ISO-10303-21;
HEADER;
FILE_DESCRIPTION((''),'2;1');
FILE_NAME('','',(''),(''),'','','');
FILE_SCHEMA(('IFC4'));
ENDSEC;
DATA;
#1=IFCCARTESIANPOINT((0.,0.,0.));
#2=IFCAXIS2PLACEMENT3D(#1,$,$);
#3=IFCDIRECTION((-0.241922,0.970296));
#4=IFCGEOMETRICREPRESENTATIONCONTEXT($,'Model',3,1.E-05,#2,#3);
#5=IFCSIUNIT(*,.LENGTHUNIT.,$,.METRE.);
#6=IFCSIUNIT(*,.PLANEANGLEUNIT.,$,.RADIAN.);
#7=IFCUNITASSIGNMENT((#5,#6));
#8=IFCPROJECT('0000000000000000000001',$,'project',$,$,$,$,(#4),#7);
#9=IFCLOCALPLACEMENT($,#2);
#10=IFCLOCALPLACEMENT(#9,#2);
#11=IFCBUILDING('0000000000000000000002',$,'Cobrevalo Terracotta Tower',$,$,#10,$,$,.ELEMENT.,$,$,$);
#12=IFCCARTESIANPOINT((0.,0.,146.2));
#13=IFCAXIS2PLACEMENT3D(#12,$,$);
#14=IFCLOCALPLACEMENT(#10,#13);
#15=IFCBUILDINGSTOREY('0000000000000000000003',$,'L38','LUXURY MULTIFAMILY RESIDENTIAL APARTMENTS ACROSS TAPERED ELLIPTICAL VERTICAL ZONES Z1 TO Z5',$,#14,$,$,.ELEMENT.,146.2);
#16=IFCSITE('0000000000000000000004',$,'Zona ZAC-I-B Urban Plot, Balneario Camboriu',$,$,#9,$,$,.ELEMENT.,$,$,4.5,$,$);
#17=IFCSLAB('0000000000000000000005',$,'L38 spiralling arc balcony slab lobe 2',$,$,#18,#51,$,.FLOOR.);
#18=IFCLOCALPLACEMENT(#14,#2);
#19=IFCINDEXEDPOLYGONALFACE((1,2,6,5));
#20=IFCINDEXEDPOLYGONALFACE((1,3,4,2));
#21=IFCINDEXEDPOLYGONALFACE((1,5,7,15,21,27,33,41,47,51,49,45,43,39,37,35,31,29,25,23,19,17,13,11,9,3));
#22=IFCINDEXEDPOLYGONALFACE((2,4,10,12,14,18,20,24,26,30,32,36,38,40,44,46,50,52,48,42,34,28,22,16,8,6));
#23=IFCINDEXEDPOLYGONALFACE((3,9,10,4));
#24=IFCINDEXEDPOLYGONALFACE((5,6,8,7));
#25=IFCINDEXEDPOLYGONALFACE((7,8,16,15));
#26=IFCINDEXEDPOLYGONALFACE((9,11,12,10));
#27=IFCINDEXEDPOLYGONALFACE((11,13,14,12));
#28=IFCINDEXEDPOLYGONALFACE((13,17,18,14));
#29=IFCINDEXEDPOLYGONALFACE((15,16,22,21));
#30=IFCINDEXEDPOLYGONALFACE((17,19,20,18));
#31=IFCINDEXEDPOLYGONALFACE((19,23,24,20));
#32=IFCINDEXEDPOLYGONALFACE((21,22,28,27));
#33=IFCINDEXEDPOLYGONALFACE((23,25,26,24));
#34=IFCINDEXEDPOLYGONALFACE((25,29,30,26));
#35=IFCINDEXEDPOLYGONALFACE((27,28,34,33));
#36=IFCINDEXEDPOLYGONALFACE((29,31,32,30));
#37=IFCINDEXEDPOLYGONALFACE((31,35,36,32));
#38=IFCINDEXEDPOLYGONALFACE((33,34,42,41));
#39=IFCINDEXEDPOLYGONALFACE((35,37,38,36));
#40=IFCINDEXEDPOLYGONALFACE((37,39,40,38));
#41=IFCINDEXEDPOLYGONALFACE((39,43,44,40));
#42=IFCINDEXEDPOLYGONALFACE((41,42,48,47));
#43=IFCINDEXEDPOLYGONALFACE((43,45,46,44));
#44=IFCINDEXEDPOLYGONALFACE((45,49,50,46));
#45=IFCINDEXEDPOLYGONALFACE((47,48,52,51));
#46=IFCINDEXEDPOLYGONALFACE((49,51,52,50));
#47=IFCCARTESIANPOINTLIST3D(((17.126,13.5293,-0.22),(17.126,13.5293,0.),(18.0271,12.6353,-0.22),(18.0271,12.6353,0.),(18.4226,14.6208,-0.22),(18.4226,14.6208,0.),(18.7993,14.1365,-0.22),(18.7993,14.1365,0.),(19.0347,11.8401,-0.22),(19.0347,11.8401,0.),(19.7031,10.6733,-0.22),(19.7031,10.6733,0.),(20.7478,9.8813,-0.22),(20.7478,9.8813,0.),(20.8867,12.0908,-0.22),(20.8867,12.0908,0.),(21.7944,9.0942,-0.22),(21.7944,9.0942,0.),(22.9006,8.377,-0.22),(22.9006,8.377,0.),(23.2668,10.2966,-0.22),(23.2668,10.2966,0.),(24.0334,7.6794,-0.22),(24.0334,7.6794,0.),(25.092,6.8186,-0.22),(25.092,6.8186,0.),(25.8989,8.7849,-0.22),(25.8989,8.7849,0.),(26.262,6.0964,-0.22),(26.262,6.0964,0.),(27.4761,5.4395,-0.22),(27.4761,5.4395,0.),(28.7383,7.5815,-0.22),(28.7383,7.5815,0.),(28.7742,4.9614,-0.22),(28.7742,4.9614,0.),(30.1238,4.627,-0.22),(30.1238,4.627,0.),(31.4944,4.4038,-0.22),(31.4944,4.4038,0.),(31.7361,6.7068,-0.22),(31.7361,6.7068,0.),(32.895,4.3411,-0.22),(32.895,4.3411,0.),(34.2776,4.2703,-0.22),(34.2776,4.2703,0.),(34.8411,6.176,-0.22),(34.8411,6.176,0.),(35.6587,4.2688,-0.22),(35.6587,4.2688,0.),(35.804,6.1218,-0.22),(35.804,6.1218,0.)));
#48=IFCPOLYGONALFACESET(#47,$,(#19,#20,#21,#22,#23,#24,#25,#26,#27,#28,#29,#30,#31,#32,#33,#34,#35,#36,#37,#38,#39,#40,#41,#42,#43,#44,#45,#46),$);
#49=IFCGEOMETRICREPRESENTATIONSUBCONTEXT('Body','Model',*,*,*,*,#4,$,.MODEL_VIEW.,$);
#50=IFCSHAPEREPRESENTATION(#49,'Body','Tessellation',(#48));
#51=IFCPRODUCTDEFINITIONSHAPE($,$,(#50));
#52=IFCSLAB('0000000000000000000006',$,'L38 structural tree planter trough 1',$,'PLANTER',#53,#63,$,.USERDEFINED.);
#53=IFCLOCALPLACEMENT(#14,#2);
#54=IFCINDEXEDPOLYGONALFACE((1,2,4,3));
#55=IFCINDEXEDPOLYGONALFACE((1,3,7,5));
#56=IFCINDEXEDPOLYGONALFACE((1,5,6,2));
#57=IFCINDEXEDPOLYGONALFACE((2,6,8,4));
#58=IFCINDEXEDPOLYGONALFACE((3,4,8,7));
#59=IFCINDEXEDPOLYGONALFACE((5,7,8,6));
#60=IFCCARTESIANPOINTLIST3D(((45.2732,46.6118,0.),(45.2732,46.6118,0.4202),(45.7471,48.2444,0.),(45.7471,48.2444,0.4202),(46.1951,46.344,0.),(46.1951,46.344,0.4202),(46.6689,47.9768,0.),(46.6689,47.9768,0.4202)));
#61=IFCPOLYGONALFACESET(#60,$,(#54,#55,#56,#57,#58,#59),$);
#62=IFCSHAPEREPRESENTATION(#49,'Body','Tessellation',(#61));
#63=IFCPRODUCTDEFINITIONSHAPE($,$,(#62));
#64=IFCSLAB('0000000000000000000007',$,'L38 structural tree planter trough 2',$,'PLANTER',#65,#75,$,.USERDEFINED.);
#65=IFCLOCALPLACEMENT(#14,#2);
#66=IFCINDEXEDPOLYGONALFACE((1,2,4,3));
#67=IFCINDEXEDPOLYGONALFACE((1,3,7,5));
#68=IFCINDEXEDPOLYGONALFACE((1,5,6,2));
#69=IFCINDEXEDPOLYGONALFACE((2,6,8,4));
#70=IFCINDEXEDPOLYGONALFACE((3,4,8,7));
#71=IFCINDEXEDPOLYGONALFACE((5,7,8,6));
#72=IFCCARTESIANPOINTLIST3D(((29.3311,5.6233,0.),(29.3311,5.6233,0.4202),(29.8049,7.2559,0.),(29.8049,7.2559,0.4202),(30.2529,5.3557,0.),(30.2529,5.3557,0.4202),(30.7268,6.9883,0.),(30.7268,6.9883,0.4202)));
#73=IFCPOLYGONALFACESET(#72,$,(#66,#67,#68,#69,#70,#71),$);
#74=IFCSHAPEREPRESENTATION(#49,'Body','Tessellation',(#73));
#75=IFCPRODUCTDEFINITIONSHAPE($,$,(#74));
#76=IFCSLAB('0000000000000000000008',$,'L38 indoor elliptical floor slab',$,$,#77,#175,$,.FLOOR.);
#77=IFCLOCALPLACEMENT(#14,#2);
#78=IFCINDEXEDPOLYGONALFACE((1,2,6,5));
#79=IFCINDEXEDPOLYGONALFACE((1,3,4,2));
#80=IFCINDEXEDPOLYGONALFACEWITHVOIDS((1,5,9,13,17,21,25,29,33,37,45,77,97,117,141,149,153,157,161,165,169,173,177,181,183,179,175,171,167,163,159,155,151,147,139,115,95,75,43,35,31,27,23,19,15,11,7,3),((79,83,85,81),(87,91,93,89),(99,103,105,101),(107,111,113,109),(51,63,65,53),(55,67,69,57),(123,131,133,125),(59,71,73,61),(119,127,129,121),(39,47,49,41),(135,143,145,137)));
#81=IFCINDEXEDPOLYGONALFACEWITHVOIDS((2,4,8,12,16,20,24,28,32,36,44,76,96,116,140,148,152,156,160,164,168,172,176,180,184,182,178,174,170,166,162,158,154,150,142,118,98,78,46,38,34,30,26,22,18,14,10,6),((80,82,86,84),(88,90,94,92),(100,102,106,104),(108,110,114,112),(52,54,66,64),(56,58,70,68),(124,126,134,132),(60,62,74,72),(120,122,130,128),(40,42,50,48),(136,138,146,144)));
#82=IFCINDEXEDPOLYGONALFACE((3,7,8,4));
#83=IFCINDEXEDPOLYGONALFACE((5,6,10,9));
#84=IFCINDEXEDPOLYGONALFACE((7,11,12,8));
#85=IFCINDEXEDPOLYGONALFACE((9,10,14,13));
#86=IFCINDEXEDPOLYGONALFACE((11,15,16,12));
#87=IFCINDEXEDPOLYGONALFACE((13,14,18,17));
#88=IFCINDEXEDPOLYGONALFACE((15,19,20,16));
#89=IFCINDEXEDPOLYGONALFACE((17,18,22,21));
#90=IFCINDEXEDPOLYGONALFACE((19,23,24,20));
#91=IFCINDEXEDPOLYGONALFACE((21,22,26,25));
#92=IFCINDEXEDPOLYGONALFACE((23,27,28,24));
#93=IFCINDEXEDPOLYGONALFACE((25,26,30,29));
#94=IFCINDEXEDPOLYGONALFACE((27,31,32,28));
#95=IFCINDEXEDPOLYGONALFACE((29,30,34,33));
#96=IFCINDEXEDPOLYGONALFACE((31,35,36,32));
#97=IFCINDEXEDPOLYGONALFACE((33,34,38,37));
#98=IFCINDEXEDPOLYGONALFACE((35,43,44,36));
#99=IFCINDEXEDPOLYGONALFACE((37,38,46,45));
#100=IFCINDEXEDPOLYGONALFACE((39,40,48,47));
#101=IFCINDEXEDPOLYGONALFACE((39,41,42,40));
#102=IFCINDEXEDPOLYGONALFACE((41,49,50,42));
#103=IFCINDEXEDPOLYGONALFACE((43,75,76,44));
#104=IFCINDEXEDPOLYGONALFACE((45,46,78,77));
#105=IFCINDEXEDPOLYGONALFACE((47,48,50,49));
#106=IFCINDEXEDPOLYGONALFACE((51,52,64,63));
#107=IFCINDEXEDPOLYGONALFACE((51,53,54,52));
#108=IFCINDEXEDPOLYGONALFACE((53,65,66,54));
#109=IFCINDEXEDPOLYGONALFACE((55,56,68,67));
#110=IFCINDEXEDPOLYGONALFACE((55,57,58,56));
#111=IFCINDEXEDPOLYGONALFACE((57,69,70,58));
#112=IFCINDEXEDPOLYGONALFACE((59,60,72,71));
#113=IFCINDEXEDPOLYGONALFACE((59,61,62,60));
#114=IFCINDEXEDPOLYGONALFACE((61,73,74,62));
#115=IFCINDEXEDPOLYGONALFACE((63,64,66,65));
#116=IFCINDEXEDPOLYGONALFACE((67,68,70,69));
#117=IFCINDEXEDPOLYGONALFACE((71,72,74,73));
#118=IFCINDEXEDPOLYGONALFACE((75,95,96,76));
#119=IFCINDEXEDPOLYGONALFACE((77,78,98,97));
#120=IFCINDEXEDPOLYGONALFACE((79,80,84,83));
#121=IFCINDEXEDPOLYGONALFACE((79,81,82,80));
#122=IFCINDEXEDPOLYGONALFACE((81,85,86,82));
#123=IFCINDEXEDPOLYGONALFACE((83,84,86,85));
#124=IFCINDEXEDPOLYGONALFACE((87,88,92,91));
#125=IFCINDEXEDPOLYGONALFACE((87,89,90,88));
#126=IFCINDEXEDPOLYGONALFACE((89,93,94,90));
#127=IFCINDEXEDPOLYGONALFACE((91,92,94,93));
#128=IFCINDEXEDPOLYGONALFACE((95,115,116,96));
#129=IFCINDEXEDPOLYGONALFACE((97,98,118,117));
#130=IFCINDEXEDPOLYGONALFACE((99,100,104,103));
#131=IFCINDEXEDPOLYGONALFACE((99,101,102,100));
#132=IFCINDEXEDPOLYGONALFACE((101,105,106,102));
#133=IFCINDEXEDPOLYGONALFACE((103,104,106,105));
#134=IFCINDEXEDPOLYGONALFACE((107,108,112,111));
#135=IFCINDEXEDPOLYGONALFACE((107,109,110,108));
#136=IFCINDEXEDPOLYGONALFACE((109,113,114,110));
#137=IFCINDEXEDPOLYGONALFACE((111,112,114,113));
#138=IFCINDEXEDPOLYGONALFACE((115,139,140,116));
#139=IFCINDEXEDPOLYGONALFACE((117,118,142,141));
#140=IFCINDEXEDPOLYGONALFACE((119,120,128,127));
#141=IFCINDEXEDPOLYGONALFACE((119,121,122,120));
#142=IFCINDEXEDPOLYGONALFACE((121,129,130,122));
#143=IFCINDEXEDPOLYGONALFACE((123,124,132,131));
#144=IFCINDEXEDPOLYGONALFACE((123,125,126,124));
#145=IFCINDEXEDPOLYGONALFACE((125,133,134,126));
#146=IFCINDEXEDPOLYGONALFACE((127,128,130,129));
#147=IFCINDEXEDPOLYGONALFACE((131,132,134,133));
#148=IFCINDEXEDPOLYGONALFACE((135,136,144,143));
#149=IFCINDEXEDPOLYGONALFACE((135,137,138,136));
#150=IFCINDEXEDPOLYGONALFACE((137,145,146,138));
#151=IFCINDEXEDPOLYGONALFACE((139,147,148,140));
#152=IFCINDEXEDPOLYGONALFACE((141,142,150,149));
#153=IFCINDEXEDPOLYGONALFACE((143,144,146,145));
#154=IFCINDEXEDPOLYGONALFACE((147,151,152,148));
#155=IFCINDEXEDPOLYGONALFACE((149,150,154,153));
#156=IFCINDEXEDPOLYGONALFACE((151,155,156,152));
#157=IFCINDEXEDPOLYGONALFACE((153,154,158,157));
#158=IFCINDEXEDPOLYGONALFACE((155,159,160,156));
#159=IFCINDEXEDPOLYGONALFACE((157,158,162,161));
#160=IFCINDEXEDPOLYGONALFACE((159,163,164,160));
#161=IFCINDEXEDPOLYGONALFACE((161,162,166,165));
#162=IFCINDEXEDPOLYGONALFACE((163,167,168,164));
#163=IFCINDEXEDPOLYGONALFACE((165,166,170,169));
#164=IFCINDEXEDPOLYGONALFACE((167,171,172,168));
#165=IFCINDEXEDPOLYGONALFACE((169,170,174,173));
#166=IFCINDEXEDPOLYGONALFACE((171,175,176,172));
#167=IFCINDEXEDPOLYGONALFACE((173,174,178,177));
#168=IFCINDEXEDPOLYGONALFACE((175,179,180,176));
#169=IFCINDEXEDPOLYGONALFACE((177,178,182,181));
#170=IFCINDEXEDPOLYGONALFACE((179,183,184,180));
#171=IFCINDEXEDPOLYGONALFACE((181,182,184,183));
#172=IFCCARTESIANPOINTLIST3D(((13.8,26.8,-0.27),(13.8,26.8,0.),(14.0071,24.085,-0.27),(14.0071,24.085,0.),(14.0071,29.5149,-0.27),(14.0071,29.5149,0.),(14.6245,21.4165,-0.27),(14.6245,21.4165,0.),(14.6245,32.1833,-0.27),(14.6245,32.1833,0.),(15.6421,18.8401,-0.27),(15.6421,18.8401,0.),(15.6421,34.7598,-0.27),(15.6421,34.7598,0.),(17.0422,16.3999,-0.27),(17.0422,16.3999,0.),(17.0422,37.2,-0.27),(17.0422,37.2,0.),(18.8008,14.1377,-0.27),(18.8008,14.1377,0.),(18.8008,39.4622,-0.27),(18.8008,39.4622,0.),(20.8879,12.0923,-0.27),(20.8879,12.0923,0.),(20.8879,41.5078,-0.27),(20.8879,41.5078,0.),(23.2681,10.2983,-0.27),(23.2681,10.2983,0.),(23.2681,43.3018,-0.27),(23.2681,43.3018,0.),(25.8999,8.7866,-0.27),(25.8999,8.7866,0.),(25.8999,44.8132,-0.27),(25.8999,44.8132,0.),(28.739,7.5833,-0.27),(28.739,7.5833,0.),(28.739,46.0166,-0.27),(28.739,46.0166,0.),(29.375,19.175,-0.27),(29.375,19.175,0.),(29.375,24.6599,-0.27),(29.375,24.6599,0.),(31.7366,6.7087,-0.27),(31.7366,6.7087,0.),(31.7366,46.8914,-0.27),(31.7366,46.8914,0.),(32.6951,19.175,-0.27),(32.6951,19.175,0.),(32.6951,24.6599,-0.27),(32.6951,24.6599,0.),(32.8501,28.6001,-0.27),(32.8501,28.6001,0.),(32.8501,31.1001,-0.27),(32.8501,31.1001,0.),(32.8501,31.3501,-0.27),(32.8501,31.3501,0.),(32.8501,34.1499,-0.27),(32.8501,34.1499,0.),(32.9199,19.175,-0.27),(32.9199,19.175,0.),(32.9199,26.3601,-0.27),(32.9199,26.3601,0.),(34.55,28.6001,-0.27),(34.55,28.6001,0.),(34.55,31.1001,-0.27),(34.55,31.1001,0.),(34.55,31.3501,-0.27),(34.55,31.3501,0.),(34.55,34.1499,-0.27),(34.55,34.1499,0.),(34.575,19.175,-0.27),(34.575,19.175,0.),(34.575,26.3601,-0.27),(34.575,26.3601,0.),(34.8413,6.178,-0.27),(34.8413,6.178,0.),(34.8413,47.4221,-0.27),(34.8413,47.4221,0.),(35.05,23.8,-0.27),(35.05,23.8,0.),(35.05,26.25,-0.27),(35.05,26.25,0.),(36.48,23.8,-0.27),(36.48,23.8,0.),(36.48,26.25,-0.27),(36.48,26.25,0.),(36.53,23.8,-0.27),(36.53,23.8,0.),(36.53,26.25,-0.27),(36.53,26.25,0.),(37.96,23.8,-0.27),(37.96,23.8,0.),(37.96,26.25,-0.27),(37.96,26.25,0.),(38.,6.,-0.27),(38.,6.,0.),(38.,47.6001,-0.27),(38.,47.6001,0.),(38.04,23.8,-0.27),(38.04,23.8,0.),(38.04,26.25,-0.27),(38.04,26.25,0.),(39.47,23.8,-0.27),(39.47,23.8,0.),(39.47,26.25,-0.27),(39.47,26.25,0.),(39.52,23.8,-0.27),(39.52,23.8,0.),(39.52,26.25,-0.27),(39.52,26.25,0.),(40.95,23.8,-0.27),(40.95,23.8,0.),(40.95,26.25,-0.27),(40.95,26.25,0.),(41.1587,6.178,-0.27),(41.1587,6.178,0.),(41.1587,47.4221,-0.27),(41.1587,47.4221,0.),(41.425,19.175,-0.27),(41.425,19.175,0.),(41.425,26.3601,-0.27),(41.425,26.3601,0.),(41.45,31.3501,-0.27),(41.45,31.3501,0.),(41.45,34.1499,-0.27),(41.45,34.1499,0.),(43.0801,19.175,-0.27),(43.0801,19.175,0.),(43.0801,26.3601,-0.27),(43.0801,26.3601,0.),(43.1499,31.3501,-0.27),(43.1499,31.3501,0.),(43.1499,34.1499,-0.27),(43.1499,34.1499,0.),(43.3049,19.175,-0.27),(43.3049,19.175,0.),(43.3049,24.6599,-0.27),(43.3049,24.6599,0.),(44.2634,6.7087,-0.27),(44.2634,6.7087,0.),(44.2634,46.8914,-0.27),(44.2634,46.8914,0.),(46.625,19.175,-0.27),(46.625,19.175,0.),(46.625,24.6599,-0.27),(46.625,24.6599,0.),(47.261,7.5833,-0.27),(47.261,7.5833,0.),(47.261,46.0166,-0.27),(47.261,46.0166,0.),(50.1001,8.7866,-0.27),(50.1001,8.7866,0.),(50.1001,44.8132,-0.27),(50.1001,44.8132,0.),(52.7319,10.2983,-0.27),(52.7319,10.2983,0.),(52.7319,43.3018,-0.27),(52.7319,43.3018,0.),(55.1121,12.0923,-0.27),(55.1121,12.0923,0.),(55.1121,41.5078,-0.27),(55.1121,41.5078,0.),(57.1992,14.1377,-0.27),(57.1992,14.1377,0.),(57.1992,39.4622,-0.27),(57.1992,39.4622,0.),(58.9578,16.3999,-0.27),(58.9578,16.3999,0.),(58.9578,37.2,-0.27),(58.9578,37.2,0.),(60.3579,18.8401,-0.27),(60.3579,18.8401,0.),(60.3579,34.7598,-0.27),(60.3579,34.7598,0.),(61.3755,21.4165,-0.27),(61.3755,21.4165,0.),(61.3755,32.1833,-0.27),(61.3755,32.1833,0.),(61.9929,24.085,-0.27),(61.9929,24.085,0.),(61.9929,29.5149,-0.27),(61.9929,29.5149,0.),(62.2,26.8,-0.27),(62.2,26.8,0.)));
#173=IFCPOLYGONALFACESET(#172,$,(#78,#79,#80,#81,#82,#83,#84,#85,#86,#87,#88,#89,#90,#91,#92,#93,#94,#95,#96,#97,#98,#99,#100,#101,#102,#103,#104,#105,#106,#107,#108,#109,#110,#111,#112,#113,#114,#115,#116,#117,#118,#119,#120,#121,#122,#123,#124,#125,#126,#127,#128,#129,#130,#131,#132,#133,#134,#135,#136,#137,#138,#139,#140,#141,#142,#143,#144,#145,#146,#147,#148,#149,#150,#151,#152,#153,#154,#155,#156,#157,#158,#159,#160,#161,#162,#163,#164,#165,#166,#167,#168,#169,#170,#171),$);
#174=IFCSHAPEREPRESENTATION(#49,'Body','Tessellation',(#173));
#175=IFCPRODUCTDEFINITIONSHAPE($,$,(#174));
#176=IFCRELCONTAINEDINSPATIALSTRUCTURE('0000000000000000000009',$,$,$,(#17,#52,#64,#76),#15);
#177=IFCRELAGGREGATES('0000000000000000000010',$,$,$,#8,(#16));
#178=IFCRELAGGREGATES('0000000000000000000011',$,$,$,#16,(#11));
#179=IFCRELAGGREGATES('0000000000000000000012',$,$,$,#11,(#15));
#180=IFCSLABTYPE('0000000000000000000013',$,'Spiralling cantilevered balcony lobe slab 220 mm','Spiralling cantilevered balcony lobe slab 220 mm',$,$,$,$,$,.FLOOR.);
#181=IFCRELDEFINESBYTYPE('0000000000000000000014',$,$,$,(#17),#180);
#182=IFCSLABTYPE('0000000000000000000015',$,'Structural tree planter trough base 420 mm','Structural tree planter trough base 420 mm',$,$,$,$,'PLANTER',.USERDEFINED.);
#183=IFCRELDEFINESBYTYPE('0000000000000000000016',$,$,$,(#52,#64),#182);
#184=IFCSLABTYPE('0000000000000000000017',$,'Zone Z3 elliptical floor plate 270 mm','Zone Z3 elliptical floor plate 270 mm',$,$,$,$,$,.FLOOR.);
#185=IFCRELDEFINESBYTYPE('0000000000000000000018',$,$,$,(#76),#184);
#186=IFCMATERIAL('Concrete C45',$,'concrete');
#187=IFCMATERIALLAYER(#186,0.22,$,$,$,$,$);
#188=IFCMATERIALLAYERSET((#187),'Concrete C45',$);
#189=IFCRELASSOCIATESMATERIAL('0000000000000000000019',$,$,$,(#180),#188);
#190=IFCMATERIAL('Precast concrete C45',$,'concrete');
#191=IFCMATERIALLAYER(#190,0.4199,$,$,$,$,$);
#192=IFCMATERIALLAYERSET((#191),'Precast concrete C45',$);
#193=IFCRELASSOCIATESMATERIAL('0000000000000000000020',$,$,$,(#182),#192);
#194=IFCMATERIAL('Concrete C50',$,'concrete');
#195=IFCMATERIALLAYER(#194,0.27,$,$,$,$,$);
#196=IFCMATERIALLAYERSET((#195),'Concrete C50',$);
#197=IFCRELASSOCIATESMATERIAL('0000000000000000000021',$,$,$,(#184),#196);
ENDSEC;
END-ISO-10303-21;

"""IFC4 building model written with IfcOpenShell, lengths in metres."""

from ifc_helpers import new_model, si_unit, direction, frame, origin, place, context, subcontext, project, spatial, polyline, outline, extrude, material, layer, layer_set, type_object, element, save


model = new_model("IFC4")

# Units and contexts
model_context = context("Model", 3, precision=1e-05, world=origin(), true_north=direction((-0.241922, 0.970296)))
body_context = subcontext(model_context, "Body", "Model", "MODEL_VIEW")
ifc_project = project(units=[si_unit("LENGTHUNIT", "METRE"), si_unit("PLANEANGLEUNIT", "RADIAN")], contexts=[model_context])

# Site, building, storey
site_placement = place(None, origin())
site = spatial("IfcSite", under=ifc_project, at=site_placement, Name="Zona ZAC-I-B Urban Plot, Balneario Camboriu", CompositionType="ELEMENT", RefElevation=4.5)
building_placement = place(site_placement, origin())
building = spatial("IfcBuilding", under=site, at=building_placement, Name="Cobrevalo Terracotta Tower", CompositionType="ELEMENT")
storey_placement = place(building_placement, frame((0.0, 0.0, 146.2)))
storey = spatial("IfcBuildingStorey", under=building, at=storey_placement, Name="L38", Description="LUXURY MULTIFAMILY RESIDENTIAL APARTMENTS ACROSS TAPERED ELLIPTICAL VERTICAL ZONES Z1 TO Z5", CompositionType="ELEMENT", Elevation=146.2)

# Shared definitions
ifc_material_1 = material(Name="Concrete C50", Category="concrete")

# Slabs
ifc_material_2 = material(Name="Concrete C45", Category="concrete")
ifc_layer_1 = layer(ifc_material_2, 0.22)
ifc_layer_set_1 = layer_set([ifc_layer_1], Name="Concrete C45")
slab_type_1 = type_object("IfcSlabType", Name="Spiralling cantilevered balcony lobe slab 220 mm", Description="Spiralling cantilevered balcony lobe slab 220 mm", PredefinedType="FLOOR", material=ifc_layer_set_1)
slab_1_placement = place(storey_placement, frame((0.0, 0.0, -0.22)))
element("IfcSlab", 1, at=slab_1_placement, inside=storey, type_object=slab_type_1, Name="L38 spiralling arc balcony slab lobe 2", PredefinedType="FLOOR", context=body_context, shape_type="SweptSolid", body=[
    extrude(outline(polyline([(17.126, 13.5293), (18.0271, 12.6353), (19.0347, 11.8401), (19.7031, 10.6733), (20.7478, 9.8813), (21.7944, 9.0942), (22.9006, 8.377), (24.0334, 7.6794), (25.092, 6.8186), (26.262, 6.0964), (27.4761, 5.4395), (28.7742, 4.9614), (30.1238, 4.627), (31.4944, 4.4038), (32.895, 4.3411), (34.2776, 4.2703), (35.6587, 4.2688), (35.804, 6.1218), (34.8411, 6.176), (31.7361, 6.7068), (28.7383, 7.5815), (25.8989, 8.7849), (23.2668, 10.2966), (20.8867, 12.0908), (18.7993, 14.1365), (18.4226, 14.6208), (17.126, 13.5293)])), origin(), (0.0, 0.0, 1.0), 0.22),
])
ifc_material_3 = material(Name="Precast concrete C45", Category="concrete")
ifc_layer_2 = layer(ifc_material_3, 0.4199)
ifc_layer_set_2 = layer_set([ifc_layer_2], Name="Precast concrete C45")
slab_type_2 = type_object("IfcSlabType", Name="Structural tree planter trough base 420 mm", Description="Structural tree planter trough base 420 mm", ElementType="PLANTER", PredefinedType="USERDEFINED", material=ifc_layer_set_2)
slab_2_placement = place(storey_placement, origin())
element("IfcSlab", 2, at=slab_2_placement, inside=storey, type_object=slab_type_2, Name="L38 structural tree planter trough 1", ObjectType="PLANTER", PredefinedType="USERDEFINED", context=body_context, shape_type="SweptSolid", body=[
    extrude(outline(polyline([(46.1951, 46.344), (46.6689, 47.9768), (45.7471, 48.2444), (45.2732, 46.6118), (46.1951, 46.344)])), origin(), (0.0, 0.0, 1.0), 0.4202),
])
slab_3_placement = place(storey_placement, origin())
element("IfcSlab", 3, at=slab_3_placement, inside=storey, type_object=slab_type_2, Name="L38 structural tree planter trough 2", ObjectType="PLANTER", PredefinedType="USERDEFINED", context=body_context, shape_type="SweptSolid", body=[
    extrude(outline(polyline([(29.8049, 7.2559), (29.3311, 5.6233), (30.2529, 5.3557), (30.7268, 6.9883), (29.8049, 7.2559)])), origin(), (0.0, 0.0, 1.0), 0.4202),
])
ifc_layer_3 = layer(ifc_material_1, 0.27)
ifc_layer_set_3 = layer_set([ifc_layer_3], Name="Concrete C50")
slab_type_3 = type_object("IfcSlabType", Name="Zone Z3 elliptical floor plate 270 mm", Description="Zone Z3 elliptical floor plate 270 mm", PredefinedType="FLOOR", material=ifc_layer_set_3)
slab_4_placement = place(storey_placement, frame((0.0, 0.0, -0.27)))
element("IfcSlab", 4, at=slab_4_placement, inside=storey, type_object=slab_type_3, Name="L38 indoor elliptical floor slab", PredefinedType="FLOOR", context=body_context, shape_type="SweptSolid", body=[
    extrude(outline(polyline([(61.9929, 24.085), (61.3755, 21.4165), (60.3579, 18.8401), (58.9578, 16.3999), (57.1992, 14.1377), (55.1121, 12.0923), (52.7319, 10.2983), (50.1001, 8.7866), (47.261, 7.5833), (44.2634, 6.7087), (41.1587, 6.178), (38.0, 6.0), (34.8413, 6.178), (31.7366, 6.7087), (28.739, 7.5833), (25.8999, 8.7866), (23.2681, 10.2983), (20.8879, 12.0923), (18.8008, 14.1377), (17.0422, 16.3999), (15.6421, 18.8401), (14.6245, 21.4165), (14.0071, 24.085), (13.8, 26.8), (14.0071, 29.5149), (14.6245, 32.1833), (15.6421, 34.7598), (17.0422, 37.2), (18.8008, 39.4622), (20.8879, 41.5078), (23.2681, 43.3018), (25.8999, 44.8132), (28.739, 46.0166), (31.7366, 46.8914), (34.8413, 47.4221), (38.0, 47.6001), (41.1587, 47.4221), (44.2634, 46.8914), (47.261, 46.0166), (50.1001, 44.8132), (52.7319, 43.3018), (55.1121, 41.5078), (57.1992, 39.4622), (58.9578, 37.2), (60.3579, 34.7598), (61.3755, 32.1833), (61.9929, 29.5149), (62.2, 26.8), (61.9929, 24.085)]), holes=[polyline([(32.6951, 19.175), (32.6951, 24.6599), (29.375, 24.6599), (29.375, 19.175), (32.6951, 19.175)]), polyline([(34.575, 26.3601), (32.9199, 26.3601), (32.9199, 19.175), (34.575, 19.175), (34.575, 26.3601)]), polyline([(36.48, 26.25), (35.05, 26.25), (35.05, 23.8), (36.48, 23.8), (36.48, 26.25)]), polyline([(37.96, 23.8), (37.96, 26.25), (36.53, 26.25), (36.53, 23.8), (37.96, 23.8)]), polyline([(34.55, 28.6001), (34.55, 31.1001), (32.8501, 31.1001), (32.8501, 28.6001), (34.55, 28.6001)]), polyline([(34.55, 34.1499), (32.8501, 34.1499), (32.8501, 31.3501), (34.55, 31.3501), (34.55, 34.1499)]), polyline([(43.3049, 19.175), (46.625, 19.175), (46.625, 24.6599), (43.3049, 24.6599), (43.3049, 19.175)]), polyline([(43.0801, 19.175), (43.0801, 26.3601), (41.425, 26.3601), (41.425, 19.175), (43.0801, 19.175)]), polyline([(39.47, 26.25), (38.04, 26.25), (38.04, 23.8), (39.47, 23.8), (39.47, 26.25)]), polyline([(40.95, 23.8), (40.95, 26.25), (39.52, 26.25), (39.52, 23.8), (40.95, 23.8)]), polyline([(43.1499, 31.3501), (43.1499, 34.1499), (41.45, 34.1499), (41.45, 31.3501), (43.1499, 31.3501)])]), origin(), (0.0, 0.0, 1.0), 0.27),
])

save(model, "model.ifc")
